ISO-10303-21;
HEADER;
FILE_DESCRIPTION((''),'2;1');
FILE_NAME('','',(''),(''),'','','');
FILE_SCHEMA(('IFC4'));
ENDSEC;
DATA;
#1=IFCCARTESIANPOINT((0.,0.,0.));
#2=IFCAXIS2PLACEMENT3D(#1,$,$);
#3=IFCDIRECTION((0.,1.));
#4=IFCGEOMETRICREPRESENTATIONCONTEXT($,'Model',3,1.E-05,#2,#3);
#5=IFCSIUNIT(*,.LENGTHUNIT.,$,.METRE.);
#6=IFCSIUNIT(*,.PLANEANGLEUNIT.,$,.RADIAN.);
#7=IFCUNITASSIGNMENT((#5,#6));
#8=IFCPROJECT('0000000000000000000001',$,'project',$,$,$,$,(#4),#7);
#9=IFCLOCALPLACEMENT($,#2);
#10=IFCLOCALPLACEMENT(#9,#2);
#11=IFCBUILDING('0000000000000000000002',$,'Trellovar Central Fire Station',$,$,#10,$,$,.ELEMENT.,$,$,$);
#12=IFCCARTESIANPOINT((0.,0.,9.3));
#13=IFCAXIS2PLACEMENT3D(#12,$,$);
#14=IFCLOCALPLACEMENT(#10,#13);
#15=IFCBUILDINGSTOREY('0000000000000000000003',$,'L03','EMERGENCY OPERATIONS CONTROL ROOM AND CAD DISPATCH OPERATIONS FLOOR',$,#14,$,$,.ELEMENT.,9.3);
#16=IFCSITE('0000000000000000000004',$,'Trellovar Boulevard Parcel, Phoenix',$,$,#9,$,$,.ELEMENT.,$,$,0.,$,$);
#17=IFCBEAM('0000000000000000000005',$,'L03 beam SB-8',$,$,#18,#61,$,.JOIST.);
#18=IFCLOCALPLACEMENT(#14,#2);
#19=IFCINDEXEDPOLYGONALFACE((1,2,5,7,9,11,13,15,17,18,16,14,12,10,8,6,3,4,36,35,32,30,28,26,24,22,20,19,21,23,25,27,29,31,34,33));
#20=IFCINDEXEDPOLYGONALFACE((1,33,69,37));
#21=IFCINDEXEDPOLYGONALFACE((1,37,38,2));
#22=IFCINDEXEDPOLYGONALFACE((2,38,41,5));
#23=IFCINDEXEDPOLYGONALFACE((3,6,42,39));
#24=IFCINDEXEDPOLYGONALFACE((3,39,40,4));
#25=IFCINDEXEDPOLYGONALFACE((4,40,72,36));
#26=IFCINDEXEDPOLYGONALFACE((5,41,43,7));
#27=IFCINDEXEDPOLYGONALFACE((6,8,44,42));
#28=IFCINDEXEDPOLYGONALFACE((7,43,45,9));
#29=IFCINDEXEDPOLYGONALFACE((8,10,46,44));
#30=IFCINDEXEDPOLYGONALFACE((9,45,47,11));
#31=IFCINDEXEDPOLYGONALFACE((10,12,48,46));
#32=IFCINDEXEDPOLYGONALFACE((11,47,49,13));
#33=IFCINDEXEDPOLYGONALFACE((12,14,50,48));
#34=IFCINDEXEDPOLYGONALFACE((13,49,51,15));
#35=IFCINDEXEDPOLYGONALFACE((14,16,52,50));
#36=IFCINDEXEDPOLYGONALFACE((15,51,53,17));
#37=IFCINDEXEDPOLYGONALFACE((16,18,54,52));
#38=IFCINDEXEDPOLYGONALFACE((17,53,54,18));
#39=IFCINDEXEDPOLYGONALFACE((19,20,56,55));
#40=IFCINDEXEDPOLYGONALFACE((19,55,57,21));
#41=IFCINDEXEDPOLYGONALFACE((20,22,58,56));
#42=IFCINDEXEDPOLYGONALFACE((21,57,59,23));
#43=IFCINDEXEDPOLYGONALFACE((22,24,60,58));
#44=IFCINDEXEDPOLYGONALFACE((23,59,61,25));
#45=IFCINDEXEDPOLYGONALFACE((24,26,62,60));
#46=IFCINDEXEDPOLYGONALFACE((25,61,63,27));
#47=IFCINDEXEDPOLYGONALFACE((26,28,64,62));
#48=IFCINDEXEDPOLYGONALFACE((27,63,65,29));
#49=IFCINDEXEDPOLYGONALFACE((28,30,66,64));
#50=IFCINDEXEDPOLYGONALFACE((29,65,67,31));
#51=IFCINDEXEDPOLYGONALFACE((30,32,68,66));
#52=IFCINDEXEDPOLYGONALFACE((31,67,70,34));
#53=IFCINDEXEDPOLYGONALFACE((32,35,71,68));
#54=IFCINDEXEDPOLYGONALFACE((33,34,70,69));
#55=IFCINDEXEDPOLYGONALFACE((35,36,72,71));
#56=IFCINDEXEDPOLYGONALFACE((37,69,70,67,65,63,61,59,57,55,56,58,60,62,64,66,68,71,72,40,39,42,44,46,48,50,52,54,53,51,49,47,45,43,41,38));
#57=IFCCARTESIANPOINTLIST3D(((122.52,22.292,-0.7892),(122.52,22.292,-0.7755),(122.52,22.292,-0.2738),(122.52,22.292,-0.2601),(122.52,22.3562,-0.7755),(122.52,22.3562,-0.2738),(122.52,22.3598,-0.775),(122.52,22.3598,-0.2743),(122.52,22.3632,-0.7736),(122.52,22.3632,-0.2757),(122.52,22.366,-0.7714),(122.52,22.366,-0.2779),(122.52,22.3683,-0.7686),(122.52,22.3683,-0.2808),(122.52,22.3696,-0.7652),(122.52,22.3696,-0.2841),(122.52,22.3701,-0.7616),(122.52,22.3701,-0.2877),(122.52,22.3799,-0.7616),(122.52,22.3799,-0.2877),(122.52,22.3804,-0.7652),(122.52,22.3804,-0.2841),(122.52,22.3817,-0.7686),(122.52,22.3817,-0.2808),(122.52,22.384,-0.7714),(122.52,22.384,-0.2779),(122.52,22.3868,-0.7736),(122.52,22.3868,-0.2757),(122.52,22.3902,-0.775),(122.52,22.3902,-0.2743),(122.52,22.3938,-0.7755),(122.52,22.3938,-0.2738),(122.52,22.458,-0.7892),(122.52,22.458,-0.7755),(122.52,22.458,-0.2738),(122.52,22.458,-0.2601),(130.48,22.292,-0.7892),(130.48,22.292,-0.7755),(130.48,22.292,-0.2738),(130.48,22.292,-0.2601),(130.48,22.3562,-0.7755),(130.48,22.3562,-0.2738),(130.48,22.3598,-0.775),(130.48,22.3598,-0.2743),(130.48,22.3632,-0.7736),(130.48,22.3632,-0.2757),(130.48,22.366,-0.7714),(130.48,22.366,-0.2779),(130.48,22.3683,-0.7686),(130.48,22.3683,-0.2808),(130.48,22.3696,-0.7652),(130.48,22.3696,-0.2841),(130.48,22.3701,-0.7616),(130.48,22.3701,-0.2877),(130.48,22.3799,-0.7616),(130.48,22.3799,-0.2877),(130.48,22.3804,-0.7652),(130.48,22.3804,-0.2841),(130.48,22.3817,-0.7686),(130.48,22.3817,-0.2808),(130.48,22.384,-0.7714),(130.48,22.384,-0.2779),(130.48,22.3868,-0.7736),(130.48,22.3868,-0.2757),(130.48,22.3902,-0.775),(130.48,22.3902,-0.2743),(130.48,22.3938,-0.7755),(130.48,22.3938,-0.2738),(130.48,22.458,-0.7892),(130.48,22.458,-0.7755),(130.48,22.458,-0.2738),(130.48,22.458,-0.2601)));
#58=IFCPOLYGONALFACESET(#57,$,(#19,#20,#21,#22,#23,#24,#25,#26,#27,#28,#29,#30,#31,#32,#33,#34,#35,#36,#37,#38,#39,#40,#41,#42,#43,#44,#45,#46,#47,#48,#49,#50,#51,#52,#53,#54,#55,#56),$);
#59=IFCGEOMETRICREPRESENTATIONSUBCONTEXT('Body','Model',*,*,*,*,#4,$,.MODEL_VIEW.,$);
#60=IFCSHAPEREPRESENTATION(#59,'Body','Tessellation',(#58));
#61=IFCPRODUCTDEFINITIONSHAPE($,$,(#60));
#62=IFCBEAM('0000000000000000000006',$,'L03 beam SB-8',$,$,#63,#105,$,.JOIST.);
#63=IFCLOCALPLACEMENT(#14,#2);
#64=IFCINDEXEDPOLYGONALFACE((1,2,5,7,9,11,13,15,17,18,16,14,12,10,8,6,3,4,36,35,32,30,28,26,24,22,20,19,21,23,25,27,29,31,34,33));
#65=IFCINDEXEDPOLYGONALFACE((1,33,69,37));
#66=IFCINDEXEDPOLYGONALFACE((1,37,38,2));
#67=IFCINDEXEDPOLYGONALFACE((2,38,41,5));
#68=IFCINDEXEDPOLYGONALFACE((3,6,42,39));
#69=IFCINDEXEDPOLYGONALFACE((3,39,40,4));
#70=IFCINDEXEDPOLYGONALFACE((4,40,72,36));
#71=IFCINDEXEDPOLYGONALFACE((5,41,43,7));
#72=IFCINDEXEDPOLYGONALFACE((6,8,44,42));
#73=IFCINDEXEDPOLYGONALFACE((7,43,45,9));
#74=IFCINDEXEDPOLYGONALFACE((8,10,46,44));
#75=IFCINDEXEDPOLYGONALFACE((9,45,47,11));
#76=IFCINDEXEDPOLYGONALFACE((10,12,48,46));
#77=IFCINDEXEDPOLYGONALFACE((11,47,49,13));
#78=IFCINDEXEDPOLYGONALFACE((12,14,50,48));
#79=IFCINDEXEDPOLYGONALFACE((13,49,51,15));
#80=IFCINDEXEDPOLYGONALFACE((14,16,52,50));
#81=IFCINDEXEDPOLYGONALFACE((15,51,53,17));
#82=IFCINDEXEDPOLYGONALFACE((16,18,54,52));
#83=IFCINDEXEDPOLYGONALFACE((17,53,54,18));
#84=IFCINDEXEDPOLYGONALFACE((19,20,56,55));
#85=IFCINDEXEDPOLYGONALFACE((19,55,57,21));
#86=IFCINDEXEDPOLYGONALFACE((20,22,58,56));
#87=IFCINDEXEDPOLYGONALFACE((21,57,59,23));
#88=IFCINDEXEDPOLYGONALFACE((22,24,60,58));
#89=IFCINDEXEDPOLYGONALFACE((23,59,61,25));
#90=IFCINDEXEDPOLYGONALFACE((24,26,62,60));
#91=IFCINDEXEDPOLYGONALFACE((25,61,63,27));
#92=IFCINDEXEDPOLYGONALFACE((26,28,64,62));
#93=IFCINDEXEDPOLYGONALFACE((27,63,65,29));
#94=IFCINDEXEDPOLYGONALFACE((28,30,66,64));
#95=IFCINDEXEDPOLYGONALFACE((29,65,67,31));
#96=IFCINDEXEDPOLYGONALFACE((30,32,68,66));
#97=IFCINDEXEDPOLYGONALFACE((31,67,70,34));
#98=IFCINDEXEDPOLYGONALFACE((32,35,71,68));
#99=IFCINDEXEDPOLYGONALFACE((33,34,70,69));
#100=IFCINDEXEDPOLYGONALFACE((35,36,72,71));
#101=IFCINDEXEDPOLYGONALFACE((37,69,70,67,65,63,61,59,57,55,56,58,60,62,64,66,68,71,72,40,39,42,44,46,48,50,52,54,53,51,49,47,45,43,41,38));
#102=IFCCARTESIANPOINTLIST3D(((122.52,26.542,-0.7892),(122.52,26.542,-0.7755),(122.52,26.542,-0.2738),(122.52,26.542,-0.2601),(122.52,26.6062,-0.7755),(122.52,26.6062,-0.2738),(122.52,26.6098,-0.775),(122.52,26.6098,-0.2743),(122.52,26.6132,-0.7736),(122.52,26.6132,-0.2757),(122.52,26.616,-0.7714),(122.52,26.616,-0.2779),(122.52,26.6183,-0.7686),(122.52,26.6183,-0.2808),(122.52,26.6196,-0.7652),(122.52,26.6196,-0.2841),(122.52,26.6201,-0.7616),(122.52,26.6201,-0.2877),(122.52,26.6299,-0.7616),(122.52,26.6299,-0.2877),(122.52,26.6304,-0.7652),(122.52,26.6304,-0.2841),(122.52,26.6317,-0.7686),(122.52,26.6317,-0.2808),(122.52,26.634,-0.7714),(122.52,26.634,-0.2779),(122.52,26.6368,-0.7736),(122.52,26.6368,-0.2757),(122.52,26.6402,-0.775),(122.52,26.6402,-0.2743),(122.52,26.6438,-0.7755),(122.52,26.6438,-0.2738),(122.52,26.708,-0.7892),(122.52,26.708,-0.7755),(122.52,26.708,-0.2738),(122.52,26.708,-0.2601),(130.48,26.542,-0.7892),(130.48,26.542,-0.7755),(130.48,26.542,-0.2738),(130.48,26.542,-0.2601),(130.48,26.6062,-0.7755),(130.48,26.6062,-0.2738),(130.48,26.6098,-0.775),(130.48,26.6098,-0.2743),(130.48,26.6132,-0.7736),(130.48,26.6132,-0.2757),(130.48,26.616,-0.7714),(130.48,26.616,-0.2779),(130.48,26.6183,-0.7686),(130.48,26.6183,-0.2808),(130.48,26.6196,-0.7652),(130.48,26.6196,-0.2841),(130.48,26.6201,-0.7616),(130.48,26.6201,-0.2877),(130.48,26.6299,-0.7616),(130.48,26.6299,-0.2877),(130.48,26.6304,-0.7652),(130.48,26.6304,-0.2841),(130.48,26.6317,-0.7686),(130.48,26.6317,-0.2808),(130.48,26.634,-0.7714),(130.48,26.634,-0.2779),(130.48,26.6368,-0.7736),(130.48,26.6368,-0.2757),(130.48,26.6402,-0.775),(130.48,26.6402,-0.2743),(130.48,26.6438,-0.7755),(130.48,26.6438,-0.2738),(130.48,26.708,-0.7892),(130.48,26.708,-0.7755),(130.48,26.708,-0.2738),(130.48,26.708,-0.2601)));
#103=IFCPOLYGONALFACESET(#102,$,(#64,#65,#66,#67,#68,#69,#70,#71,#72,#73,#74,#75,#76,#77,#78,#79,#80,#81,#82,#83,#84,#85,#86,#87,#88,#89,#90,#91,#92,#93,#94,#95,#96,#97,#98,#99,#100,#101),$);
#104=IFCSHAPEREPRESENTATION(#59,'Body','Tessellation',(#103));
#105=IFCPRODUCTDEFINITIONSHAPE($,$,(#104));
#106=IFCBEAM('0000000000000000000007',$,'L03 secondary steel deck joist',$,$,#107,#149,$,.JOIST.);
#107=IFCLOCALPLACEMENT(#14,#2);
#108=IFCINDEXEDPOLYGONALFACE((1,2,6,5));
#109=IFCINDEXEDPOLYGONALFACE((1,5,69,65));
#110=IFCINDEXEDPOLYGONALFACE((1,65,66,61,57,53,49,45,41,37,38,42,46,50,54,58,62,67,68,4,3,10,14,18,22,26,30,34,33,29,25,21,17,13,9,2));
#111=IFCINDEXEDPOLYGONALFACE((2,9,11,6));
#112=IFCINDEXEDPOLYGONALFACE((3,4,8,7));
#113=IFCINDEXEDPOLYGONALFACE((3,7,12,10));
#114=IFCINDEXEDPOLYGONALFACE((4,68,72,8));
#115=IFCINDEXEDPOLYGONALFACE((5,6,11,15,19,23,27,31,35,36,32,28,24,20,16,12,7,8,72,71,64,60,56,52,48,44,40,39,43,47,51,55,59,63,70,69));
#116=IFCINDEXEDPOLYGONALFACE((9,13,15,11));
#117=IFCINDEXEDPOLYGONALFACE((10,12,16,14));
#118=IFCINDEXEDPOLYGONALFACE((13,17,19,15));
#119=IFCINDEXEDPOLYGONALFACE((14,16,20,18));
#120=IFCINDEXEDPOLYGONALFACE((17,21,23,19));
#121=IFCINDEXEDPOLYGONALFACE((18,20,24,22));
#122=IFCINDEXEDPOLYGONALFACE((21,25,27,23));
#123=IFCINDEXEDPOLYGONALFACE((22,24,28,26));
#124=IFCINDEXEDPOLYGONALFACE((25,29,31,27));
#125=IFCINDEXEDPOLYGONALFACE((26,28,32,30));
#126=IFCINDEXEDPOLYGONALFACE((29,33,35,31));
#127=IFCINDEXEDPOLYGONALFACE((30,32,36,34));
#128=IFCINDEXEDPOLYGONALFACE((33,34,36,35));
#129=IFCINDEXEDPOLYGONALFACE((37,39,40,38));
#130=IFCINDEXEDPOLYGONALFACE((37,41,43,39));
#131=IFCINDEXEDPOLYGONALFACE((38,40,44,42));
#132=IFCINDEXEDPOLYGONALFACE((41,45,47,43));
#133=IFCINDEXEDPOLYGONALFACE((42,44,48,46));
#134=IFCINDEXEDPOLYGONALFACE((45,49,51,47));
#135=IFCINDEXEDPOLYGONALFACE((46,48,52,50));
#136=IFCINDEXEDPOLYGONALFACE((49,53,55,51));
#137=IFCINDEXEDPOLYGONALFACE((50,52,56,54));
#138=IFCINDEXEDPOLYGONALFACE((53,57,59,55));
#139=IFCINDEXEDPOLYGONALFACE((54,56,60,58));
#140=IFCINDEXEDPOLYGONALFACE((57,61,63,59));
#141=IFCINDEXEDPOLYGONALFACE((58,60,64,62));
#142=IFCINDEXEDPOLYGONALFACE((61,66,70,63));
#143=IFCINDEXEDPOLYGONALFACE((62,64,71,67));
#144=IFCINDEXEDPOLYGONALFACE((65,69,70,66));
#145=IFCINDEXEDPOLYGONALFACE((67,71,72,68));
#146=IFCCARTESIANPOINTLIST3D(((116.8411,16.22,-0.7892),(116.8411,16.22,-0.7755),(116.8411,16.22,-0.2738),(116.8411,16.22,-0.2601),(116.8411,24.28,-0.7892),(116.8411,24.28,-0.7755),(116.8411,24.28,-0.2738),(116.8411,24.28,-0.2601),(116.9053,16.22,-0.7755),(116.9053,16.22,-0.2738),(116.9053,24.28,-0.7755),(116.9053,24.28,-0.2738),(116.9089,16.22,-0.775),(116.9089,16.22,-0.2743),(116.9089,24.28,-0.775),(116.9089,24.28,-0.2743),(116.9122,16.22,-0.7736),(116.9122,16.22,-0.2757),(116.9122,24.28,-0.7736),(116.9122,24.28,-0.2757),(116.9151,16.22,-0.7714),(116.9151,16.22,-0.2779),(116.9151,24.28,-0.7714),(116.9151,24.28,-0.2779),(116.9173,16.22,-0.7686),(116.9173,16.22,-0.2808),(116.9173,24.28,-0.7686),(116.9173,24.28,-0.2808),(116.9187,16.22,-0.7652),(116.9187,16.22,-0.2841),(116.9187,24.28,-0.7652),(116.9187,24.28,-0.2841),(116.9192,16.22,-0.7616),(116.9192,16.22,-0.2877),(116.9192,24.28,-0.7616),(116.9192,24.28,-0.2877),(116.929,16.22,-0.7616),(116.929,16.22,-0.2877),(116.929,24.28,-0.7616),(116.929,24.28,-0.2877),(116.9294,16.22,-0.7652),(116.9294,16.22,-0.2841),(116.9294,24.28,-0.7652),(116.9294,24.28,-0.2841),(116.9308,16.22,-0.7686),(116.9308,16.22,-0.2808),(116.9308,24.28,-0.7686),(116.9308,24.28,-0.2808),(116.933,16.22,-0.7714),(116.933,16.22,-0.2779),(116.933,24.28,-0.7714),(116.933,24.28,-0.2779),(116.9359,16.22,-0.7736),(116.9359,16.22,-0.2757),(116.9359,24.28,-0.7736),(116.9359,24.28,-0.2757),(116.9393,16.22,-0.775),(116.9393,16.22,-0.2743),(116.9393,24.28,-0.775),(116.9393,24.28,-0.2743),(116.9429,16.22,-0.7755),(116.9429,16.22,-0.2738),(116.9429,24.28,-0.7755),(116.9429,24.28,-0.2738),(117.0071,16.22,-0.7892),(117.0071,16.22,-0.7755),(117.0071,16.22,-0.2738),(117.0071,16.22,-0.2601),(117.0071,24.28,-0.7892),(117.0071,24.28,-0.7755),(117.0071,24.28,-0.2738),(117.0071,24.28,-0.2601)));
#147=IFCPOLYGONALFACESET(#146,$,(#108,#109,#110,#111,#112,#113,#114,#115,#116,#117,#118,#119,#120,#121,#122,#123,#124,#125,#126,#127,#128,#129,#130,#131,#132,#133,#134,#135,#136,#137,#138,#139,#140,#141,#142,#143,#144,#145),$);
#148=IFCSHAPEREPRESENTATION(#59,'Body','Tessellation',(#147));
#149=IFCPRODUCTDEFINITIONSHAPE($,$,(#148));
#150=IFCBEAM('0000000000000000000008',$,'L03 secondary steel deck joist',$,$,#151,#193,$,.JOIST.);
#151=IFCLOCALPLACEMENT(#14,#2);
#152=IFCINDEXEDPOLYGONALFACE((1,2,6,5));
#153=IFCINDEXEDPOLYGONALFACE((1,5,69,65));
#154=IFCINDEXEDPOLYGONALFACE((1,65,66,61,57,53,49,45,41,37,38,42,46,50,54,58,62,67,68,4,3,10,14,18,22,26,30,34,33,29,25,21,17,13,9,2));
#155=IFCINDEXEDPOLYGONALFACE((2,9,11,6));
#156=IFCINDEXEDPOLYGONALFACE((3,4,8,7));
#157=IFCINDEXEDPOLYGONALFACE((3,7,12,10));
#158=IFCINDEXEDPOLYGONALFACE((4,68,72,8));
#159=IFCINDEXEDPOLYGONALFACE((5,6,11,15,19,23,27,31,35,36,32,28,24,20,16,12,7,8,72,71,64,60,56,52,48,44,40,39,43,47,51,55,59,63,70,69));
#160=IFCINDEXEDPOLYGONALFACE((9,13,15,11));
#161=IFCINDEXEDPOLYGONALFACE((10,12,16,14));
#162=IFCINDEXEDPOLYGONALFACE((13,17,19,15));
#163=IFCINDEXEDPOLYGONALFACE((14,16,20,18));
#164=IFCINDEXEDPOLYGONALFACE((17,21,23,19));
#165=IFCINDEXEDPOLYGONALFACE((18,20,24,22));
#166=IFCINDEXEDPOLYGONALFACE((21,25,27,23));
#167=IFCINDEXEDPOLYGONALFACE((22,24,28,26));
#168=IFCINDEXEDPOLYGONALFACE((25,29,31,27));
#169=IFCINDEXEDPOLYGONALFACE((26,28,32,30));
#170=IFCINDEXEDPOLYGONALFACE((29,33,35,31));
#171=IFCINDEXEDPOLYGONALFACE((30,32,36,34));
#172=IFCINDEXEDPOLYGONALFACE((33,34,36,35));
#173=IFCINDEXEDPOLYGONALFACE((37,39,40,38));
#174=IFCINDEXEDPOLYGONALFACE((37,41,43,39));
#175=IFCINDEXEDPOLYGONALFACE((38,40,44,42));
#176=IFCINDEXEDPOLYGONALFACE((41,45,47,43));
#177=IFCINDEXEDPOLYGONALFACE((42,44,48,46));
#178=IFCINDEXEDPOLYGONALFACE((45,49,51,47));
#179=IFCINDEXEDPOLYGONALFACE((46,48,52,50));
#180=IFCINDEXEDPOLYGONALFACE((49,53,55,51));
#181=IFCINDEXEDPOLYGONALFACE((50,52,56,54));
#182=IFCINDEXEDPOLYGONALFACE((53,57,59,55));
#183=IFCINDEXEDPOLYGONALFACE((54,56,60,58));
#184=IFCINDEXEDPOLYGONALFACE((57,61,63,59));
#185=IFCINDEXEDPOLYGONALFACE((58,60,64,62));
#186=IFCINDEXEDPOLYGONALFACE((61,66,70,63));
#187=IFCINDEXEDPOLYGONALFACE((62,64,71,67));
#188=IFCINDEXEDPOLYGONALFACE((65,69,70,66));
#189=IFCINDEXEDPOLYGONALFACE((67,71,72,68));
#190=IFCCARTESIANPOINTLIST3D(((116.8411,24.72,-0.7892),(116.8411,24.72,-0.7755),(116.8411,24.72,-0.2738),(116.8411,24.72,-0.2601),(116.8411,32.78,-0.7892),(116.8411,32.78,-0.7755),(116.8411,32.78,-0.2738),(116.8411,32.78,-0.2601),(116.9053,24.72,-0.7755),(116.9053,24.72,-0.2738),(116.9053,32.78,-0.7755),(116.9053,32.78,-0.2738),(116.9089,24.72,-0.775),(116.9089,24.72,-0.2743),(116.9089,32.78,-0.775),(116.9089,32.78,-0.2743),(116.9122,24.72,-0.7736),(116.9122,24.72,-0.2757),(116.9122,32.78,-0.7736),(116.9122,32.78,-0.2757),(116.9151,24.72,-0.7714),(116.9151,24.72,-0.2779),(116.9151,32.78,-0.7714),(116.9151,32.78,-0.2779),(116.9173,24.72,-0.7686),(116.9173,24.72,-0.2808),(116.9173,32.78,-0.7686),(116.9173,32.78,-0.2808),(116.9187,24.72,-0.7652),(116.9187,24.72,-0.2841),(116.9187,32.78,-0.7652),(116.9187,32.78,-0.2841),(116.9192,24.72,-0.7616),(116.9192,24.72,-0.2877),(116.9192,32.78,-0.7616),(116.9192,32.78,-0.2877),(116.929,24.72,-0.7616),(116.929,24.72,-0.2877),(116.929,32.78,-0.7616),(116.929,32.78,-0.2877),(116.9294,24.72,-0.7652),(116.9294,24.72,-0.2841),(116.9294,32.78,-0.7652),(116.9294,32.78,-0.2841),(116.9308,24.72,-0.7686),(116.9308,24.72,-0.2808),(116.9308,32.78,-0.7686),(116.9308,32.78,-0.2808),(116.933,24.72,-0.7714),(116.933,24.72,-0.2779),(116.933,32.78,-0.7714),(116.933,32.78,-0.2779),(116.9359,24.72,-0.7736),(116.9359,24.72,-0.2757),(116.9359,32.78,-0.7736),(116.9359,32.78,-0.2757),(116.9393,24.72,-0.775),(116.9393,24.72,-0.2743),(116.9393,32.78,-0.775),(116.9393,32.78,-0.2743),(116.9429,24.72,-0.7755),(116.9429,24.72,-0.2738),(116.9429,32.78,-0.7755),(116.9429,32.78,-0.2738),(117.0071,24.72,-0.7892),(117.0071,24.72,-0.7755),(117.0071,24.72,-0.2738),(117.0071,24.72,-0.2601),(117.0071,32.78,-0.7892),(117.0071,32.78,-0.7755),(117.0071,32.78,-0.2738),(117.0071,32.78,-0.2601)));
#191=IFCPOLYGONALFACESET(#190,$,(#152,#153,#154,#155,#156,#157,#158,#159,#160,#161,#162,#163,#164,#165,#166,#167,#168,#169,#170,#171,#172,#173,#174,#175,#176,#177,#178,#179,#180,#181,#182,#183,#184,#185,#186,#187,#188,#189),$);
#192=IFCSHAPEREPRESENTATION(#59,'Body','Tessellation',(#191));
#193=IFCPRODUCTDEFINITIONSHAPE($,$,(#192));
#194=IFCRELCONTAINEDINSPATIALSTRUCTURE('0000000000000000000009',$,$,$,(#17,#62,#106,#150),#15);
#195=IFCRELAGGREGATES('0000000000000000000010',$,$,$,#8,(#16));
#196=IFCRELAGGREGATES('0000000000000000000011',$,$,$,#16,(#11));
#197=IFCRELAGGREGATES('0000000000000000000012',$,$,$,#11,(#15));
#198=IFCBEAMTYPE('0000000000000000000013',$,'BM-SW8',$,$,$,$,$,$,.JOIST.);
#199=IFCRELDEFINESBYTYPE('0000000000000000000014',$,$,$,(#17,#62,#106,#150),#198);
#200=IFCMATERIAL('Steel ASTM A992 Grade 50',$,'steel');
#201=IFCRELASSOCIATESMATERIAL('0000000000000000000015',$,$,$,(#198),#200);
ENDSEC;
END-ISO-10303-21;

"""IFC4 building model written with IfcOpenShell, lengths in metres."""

from ifc_helpers import new_model, si_unit, direction, frame, origin, origin_2d, place, context, subcontext, project, spatial, i_section, extrude, material, material_profile, profile_set, type_object, element, save


model = new_model("IFC4")

# Units and contexts
model_context = context("Model", 3, precision=1e-05, world=origin(), true_north=direction((0.0, 1.0)))
body_context = subcontext(model_context, "Body", "Model", "MODEL_VIEW")
ifc_project = project(units=[si_unit("LENGTHUNIT", "METRE"), si_unit("PLANEANGLEUNIT", "RADIAN")], contexts=[model_context])

# Site, building, storey
site_placement = place(None, origin())
site = spatial("IfcSite", under=ifc_project, at=site_placement, Name="Trellovar Boulevard Parcel, Phoenix", CompositionType="ELEMENT", RefElevation=0.0)
building_placement = place(site_placement, origin())
building = spatial("IfcBuilding", under=site, at=building_placement, Name="Trellovar Central Fire Station", CompositionType="ELEMENT")
storey_placement = place(building_placement, frame((0.0, 0.0, 9.3)))
storey = spatial("IfcBuildingStorey", under=building, at=storey_placement, Name="L03", Description="EMERGENCY OPERATIONS CONTROL ROOM AND CAD DISPATCH OPERATIONS FLOOR", CompositionType="ELEMENT", Elevation=9.3)

# Beams
ifc_material_1 = material(Name="Steel ASTM A992 Grade 50", Category="steel")
ifc_material_profile_1 = material_profile(ifc_material_1, i_section(OverallWidth=0.166, OverallDepth=0.5291, WebThickness=0.0098, FlangeThickness=0.0137, FilletRadius=0.0139, at=origin_2d()), Name="W21X50")
ifc_profile_set_1 = profile_set([ifc_material_profile_1], Name="Steel ASTM A992 Grade 50")
beam_type_1 = type_object("IfcBeamType", Name="BM-SW8", PredefinedType="JOIST", material=ifc_profile_set_1)
for number, where, z_axis, x_axis, name in (
    (1, (122.52, 22.375, -0.5247), (1.0, 0.0, 0.0), (0.0, 1.0, 0.0), "L03 beam SB-8"),
    (2, (122.52, 26.625, -0.5247), (1.0, 0.0, 0.0), (0.0, 1.0, 0.0), "L03 beam SB-8"),
):
    element("IfcBeam", number, at=place(storey_placement, frame(where, z_axis=z_axis, x_axis=x_axis)), inside=storey, type_object=beam_type_1, Name=name, PredefinedType="JOIST", context=body_context, shape_type="SweptSolid", body=[
        extrude(i_section(OverallWidth=0.166, OverallDepth=0.5291, WebThickness=0.0098, FlangeThickness=0.0137, FilletRadius=0.0139, at=origin_2d()), origin(), (0.0, 0.0, 1.0), 7.96),
    ])
for number, where, z_axis, x_axis, name in (
    (3, (116.9241, 16.22, -0.5247), (0.0, 1.0, 0.0), (-1.0, 0.0, 0.0), "L03 secondary steel deck joist"),
    (4, (116.9241, 24.72, -0.5247), (0.0, 1.0, 0.0), (-1.0, 0.0, 0.0), "L03 secondary steel deck joist"),
):
    element("IfcBeam", number, at=place(storey_placement, frame(where, z_axis=z_axis, x_axis=x_axis)), inside=storey, type_object=beam_type_1, Name=name, PredefinedType="JOIST", context=body_context, shape_type="SweptSolid", body=[
        extrude(i_section(OverallWidth=0.166, OverallDepth=0.5291, WebThickness=0.0098, FlangeThickness=0.0137, FilletRadius=0.0139, at=origin_2d()), origin(), (0.0, 0.0, 1.0), 8.0601),
    ])

save(model, "model.ifc")
